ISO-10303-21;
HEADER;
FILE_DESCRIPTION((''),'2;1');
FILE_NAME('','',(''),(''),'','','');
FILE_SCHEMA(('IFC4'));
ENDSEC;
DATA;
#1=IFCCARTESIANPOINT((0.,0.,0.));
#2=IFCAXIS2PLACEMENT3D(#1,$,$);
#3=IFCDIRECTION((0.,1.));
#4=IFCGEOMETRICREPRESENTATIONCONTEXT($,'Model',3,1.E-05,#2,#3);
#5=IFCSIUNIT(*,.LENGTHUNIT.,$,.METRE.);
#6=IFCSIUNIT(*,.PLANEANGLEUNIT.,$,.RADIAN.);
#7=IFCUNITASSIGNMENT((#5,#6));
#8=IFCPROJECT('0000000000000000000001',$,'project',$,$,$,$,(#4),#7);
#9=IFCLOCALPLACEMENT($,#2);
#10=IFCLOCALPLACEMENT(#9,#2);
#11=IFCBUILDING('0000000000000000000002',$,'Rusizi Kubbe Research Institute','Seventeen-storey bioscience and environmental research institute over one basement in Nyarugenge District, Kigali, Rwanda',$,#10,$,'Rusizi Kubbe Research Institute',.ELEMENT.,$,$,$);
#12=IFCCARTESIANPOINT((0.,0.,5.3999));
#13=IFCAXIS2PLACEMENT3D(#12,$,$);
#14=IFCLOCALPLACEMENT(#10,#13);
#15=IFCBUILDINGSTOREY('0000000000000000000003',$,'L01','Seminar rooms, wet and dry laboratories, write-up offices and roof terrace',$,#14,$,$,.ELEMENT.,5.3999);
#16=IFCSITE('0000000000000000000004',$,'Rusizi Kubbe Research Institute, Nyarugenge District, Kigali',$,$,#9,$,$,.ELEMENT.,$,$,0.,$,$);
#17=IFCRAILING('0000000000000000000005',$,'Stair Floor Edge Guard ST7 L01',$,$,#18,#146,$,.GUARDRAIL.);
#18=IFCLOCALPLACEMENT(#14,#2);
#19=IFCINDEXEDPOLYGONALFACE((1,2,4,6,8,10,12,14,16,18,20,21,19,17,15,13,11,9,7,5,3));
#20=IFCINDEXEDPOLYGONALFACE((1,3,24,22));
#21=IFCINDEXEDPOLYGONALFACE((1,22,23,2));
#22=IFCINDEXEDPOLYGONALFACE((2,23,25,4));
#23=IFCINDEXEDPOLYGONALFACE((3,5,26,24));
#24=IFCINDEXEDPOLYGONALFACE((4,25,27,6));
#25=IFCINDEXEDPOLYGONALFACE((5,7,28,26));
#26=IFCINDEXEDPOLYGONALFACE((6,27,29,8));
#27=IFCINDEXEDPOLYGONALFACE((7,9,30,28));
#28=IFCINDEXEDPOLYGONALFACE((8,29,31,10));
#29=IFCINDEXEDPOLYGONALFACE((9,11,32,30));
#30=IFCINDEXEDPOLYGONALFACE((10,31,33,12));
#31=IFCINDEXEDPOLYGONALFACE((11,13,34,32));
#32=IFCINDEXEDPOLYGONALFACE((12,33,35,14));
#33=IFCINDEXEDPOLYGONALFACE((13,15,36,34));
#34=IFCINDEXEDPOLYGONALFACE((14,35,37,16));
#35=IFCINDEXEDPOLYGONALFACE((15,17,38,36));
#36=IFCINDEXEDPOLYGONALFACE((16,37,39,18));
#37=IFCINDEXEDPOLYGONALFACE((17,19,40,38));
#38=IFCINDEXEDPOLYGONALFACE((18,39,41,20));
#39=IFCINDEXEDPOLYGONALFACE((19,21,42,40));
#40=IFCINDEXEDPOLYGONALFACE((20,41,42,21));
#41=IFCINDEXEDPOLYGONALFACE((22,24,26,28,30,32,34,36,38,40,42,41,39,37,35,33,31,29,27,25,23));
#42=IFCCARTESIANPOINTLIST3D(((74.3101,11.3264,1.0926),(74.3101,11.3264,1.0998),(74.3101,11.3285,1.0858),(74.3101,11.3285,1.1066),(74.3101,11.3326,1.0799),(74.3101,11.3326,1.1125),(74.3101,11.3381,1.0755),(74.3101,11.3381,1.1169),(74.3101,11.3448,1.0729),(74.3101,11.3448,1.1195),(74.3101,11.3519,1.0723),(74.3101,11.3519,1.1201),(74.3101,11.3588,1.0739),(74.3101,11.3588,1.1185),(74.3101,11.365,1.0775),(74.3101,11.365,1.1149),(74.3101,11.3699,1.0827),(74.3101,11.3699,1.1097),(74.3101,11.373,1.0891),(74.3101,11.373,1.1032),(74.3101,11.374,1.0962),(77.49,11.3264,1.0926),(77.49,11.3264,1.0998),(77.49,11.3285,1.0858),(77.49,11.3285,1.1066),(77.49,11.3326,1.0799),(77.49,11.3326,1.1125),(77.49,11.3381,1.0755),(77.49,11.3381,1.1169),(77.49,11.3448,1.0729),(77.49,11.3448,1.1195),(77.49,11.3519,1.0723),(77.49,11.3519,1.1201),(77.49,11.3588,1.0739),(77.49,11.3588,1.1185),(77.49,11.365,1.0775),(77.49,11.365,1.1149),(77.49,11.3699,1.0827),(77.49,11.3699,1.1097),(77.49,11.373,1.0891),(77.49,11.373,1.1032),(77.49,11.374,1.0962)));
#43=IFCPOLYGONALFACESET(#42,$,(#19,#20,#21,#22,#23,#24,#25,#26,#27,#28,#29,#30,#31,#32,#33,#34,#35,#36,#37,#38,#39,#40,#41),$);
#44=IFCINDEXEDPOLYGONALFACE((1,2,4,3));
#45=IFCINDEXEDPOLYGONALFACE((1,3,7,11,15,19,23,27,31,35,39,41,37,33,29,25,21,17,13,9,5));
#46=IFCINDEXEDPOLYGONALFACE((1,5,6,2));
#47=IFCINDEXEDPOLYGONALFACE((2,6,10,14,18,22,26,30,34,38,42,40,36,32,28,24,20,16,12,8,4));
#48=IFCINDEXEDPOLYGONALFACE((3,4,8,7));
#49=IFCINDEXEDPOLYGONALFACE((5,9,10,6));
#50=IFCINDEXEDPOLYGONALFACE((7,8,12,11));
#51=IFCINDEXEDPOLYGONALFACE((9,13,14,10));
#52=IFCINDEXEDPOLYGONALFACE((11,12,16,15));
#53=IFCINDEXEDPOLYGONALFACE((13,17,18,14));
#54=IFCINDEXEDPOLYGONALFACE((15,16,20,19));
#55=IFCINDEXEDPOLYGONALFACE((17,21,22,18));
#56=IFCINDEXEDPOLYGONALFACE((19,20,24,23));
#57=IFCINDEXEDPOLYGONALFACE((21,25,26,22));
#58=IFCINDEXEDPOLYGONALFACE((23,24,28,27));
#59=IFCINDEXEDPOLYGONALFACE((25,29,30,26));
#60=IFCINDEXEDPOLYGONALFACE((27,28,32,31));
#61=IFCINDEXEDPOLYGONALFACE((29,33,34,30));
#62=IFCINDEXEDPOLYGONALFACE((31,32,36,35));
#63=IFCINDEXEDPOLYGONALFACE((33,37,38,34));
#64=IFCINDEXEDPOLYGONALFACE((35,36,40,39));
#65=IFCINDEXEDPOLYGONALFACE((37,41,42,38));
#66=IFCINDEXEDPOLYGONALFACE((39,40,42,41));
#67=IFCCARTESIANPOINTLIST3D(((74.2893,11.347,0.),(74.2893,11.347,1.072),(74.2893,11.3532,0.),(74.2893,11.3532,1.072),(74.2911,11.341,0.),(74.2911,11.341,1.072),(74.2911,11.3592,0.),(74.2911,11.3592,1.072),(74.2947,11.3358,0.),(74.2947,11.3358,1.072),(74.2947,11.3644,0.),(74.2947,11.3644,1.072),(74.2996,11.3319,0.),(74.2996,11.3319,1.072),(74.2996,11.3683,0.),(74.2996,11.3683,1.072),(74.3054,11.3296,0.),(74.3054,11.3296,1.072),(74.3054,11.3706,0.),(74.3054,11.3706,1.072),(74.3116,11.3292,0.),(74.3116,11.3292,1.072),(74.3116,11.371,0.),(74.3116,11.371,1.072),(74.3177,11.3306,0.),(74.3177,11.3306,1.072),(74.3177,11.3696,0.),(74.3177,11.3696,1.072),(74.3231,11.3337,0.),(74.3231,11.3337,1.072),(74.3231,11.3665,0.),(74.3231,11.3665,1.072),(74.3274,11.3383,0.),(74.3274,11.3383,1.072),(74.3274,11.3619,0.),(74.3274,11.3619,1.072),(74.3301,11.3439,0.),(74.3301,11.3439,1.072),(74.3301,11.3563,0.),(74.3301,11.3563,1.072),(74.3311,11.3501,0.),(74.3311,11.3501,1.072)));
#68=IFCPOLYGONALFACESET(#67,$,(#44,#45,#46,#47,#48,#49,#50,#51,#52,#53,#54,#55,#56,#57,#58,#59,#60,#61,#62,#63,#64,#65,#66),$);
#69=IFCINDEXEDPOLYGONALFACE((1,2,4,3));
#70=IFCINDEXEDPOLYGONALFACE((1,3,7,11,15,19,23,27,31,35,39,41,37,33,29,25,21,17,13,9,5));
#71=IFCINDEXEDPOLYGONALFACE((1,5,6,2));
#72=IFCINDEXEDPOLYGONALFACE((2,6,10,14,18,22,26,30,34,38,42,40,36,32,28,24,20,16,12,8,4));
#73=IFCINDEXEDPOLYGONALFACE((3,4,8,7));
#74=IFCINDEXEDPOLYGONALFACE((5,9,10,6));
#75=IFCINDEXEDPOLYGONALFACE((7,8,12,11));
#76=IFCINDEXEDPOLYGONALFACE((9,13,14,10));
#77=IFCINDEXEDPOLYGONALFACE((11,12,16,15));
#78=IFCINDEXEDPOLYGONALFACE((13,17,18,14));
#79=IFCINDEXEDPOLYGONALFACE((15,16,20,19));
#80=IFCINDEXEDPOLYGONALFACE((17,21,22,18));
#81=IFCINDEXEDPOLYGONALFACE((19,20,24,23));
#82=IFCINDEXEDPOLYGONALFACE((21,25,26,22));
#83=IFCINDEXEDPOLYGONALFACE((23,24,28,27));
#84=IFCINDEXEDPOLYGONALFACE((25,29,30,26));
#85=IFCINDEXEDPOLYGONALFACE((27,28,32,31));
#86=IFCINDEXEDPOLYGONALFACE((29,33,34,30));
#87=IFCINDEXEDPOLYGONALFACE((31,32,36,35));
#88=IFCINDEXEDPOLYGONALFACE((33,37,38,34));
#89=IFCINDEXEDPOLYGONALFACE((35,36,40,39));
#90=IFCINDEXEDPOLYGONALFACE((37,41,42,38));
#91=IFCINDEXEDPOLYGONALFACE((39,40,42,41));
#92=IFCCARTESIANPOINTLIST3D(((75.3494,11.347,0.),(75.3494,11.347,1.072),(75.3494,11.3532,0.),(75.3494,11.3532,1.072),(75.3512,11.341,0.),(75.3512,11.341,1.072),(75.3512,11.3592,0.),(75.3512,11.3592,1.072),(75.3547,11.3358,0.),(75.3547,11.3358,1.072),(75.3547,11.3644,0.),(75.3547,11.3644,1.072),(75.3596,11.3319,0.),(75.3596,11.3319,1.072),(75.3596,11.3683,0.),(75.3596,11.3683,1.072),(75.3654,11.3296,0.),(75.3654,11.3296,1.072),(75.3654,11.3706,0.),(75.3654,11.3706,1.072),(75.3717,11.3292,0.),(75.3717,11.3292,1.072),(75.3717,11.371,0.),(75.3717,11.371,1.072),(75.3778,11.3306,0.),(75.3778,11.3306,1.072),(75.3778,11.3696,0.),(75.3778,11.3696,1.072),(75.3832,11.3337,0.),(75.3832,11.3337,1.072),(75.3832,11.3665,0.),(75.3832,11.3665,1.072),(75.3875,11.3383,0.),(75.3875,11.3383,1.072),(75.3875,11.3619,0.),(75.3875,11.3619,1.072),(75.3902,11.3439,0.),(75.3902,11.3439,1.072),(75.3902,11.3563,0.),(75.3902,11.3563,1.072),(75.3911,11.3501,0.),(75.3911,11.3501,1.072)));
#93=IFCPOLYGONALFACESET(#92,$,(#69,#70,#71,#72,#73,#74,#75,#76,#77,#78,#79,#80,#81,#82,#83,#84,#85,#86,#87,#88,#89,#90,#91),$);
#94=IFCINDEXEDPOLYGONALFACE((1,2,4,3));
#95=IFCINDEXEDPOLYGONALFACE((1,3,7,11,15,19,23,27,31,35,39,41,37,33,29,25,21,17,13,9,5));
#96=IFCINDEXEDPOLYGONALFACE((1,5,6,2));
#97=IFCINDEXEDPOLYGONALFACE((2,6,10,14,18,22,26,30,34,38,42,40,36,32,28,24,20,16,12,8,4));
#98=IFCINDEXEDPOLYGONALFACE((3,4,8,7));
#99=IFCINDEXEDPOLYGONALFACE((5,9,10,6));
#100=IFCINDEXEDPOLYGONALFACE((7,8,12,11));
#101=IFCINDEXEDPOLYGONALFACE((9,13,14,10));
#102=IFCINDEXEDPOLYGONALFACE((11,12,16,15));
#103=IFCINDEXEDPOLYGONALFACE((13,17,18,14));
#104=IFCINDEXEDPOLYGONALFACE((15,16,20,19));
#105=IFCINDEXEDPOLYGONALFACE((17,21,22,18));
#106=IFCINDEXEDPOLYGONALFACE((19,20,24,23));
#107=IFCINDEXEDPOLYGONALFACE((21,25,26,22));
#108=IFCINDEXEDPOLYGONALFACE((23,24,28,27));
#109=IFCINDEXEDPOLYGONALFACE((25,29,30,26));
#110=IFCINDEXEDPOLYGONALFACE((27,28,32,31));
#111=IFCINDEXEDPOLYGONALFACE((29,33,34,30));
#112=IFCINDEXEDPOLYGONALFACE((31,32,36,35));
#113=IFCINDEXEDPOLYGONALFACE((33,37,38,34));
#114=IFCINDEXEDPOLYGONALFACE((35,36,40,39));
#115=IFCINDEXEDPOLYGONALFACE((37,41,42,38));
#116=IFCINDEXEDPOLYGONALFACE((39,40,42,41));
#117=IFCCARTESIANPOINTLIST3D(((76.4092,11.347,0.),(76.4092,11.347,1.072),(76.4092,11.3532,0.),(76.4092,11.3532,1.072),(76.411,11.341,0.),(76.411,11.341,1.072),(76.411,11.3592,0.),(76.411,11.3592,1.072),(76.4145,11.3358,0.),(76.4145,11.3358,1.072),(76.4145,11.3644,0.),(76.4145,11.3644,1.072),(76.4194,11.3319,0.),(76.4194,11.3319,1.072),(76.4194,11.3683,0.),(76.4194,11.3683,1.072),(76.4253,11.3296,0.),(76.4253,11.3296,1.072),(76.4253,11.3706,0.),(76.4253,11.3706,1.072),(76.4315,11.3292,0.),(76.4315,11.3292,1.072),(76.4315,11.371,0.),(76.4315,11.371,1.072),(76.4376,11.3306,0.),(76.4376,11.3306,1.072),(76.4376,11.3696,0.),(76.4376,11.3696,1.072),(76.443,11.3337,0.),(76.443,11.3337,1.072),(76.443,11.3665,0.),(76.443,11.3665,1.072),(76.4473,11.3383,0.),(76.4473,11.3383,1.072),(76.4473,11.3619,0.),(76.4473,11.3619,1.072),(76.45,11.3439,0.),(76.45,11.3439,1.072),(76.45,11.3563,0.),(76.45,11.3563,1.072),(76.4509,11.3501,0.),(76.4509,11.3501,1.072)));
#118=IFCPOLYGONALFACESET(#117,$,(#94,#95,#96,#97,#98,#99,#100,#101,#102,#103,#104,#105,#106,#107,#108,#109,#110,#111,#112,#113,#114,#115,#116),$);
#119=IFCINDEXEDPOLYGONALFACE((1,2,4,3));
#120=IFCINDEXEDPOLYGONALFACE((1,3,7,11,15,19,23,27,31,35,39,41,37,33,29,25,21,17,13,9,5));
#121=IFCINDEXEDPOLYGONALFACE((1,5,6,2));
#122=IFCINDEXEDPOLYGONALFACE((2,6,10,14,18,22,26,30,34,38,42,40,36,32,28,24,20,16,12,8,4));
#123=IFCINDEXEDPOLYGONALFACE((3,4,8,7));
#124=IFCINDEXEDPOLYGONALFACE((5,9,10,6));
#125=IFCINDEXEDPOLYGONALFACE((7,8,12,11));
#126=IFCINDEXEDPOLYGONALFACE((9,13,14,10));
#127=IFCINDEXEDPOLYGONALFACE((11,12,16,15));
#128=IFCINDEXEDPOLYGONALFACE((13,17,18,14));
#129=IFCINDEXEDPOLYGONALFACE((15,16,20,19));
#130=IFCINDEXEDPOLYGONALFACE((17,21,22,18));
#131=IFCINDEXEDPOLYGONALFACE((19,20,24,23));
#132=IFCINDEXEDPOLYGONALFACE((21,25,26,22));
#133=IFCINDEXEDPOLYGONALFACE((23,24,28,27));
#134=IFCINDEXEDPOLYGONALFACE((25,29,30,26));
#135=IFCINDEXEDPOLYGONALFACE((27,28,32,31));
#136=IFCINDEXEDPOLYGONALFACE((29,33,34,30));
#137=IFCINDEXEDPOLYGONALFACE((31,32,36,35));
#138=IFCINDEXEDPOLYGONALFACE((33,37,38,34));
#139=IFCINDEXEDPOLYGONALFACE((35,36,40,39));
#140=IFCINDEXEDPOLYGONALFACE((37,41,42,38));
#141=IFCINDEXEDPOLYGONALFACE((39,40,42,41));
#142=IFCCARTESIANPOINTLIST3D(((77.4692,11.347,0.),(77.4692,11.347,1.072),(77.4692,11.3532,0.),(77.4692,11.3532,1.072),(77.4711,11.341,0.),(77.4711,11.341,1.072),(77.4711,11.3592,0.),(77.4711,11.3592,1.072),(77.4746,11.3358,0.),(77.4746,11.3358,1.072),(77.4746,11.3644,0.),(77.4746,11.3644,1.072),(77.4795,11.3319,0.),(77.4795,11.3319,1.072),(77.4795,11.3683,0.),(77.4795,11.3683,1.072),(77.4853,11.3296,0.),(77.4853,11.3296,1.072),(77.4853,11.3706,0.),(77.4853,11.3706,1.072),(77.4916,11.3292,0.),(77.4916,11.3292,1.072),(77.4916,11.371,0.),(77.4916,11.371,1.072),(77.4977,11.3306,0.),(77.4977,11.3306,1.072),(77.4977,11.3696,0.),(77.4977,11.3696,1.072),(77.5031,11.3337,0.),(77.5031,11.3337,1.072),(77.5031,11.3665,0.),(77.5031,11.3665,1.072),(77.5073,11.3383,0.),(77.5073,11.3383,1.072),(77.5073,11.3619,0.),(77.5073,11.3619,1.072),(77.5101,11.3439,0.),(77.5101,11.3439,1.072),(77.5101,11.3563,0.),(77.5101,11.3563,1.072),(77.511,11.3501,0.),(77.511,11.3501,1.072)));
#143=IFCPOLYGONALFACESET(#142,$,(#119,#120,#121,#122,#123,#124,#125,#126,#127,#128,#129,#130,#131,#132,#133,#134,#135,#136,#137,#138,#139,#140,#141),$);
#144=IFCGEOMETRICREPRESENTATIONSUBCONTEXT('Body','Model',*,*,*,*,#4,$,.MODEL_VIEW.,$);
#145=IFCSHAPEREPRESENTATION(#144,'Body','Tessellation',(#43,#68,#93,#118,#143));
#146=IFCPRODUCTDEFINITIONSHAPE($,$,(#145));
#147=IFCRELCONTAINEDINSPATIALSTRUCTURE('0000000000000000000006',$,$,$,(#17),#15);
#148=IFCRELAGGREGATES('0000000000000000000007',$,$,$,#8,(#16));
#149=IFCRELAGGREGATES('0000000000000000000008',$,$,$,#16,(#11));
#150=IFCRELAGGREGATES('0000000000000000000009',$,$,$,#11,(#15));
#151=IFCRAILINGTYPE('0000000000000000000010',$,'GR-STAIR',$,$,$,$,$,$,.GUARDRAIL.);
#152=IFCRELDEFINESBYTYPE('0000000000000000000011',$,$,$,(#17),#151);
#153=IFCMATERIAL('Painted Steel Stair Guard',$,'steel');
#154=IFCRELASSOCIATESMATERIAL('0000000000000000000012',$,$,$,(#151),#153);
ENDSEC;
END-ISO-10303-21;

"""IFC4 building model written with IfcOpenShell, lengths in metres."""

from ifc_helpers import new_model, si_unit, direction, frame, origin, origin_2d, place, context, subcontext, project, spatial, circle, extrude, material, type_object, element, save


model = new_model("IFC4")

# Units and contexts
model_context = context("Model", 3, precision=1e-05, world=origin(), true_north=direction((0.0, 1.0)))
body_context = subcontext(model_context, "Body", "Model", "MODEL_VIEW")
ifc_project = project(units=[si_unit("LENGTHUNIT", "METRE"), si_unit("PLANEANGLEUNIT", "RADIAN")], contexts=[model_context])

# Site, building, storey
site_placement = place(None, origin())
site = spatial("IfcSite", under=ifc_project, at=site_placement, Name="Rusizi Kubbe Research Institute, Nyarugenge District, Kigali", CompositionType="ELEMENT", RefElevation=0.0)
building_placement = place(site_placement, origin())
building = spatial("IfcBuilding", under=site, at=building_placement, Name="Rusizi Kubbe Research Institute", Description="Seventeen-storey bioscience and environmental research institute over one basement in Nyarugenge District, Kigali, Rwanda", LongName="Rusizi Kubbe Research Institute", CompositionType="ELEMENT")
storey_placement = place(building_placement, frame((0.0, 0.0, 5.3999)))
storey = spatial("IfcBuildingStorey", under=building, at=storey_placement, Name="L01", Description="Seminar rooms, wet and dry laboratories, write-up offices and roof terrace", CompositionType="ELEMENT", Elevation=5.3999)

# Railing
ifc_material_1 = material(Name="Painted Steel Stair Guard", Category="steel")
railing_type = type_object("IfcRailingType", Name="GR-STAIR", PredefinedType="GUARDRAIL", material=ifc_material_1)
railing_1_placement = place(storey_placement, frame((74.3101, 11.3501, 0.0)))
element("IfcRailing", 1, at=railing_1_placement, inside=storey, type_object=railing_type, Name="Stair Floor Edge Guard ST7 L01", PredefinedType="GUARDRAIL", context=body_context, shape_type="SweptSolid", body=[
    extrude(circle(Radius=0.0239, at=origin_2d()), frame((0.0, 0.0, 1.0962), z_axis=(1.0, 0.0, 0.0), x_axis=(0.0, 1.0, 0.0)), (0.0, 0.0, 1.0), 3.1799),
    extrude(circle(Radius=0.021, at=origin_2d()), origin(), (0.0, 0.0, 1.0), 1.072),
    extrude(circle(Radius=0.021, at=origin_2d()), frame((1.0601, 0.0, 0.0)), (0.0, 0.0, 1.0), 1.072),
    extrude(circle(Radius=0.021, at=origin_2d()), frame((2.1199, 0.0, 0.0)), (0.0, 0.0, 1.0), 1.072),
    extrude(circle(Radius=0.021, at=origin_2d()), frame((3.1799, 0.0, 0.0)), (0.0, 0.0, 1.0), 1.072),
])

save(model, "model.ifc")
